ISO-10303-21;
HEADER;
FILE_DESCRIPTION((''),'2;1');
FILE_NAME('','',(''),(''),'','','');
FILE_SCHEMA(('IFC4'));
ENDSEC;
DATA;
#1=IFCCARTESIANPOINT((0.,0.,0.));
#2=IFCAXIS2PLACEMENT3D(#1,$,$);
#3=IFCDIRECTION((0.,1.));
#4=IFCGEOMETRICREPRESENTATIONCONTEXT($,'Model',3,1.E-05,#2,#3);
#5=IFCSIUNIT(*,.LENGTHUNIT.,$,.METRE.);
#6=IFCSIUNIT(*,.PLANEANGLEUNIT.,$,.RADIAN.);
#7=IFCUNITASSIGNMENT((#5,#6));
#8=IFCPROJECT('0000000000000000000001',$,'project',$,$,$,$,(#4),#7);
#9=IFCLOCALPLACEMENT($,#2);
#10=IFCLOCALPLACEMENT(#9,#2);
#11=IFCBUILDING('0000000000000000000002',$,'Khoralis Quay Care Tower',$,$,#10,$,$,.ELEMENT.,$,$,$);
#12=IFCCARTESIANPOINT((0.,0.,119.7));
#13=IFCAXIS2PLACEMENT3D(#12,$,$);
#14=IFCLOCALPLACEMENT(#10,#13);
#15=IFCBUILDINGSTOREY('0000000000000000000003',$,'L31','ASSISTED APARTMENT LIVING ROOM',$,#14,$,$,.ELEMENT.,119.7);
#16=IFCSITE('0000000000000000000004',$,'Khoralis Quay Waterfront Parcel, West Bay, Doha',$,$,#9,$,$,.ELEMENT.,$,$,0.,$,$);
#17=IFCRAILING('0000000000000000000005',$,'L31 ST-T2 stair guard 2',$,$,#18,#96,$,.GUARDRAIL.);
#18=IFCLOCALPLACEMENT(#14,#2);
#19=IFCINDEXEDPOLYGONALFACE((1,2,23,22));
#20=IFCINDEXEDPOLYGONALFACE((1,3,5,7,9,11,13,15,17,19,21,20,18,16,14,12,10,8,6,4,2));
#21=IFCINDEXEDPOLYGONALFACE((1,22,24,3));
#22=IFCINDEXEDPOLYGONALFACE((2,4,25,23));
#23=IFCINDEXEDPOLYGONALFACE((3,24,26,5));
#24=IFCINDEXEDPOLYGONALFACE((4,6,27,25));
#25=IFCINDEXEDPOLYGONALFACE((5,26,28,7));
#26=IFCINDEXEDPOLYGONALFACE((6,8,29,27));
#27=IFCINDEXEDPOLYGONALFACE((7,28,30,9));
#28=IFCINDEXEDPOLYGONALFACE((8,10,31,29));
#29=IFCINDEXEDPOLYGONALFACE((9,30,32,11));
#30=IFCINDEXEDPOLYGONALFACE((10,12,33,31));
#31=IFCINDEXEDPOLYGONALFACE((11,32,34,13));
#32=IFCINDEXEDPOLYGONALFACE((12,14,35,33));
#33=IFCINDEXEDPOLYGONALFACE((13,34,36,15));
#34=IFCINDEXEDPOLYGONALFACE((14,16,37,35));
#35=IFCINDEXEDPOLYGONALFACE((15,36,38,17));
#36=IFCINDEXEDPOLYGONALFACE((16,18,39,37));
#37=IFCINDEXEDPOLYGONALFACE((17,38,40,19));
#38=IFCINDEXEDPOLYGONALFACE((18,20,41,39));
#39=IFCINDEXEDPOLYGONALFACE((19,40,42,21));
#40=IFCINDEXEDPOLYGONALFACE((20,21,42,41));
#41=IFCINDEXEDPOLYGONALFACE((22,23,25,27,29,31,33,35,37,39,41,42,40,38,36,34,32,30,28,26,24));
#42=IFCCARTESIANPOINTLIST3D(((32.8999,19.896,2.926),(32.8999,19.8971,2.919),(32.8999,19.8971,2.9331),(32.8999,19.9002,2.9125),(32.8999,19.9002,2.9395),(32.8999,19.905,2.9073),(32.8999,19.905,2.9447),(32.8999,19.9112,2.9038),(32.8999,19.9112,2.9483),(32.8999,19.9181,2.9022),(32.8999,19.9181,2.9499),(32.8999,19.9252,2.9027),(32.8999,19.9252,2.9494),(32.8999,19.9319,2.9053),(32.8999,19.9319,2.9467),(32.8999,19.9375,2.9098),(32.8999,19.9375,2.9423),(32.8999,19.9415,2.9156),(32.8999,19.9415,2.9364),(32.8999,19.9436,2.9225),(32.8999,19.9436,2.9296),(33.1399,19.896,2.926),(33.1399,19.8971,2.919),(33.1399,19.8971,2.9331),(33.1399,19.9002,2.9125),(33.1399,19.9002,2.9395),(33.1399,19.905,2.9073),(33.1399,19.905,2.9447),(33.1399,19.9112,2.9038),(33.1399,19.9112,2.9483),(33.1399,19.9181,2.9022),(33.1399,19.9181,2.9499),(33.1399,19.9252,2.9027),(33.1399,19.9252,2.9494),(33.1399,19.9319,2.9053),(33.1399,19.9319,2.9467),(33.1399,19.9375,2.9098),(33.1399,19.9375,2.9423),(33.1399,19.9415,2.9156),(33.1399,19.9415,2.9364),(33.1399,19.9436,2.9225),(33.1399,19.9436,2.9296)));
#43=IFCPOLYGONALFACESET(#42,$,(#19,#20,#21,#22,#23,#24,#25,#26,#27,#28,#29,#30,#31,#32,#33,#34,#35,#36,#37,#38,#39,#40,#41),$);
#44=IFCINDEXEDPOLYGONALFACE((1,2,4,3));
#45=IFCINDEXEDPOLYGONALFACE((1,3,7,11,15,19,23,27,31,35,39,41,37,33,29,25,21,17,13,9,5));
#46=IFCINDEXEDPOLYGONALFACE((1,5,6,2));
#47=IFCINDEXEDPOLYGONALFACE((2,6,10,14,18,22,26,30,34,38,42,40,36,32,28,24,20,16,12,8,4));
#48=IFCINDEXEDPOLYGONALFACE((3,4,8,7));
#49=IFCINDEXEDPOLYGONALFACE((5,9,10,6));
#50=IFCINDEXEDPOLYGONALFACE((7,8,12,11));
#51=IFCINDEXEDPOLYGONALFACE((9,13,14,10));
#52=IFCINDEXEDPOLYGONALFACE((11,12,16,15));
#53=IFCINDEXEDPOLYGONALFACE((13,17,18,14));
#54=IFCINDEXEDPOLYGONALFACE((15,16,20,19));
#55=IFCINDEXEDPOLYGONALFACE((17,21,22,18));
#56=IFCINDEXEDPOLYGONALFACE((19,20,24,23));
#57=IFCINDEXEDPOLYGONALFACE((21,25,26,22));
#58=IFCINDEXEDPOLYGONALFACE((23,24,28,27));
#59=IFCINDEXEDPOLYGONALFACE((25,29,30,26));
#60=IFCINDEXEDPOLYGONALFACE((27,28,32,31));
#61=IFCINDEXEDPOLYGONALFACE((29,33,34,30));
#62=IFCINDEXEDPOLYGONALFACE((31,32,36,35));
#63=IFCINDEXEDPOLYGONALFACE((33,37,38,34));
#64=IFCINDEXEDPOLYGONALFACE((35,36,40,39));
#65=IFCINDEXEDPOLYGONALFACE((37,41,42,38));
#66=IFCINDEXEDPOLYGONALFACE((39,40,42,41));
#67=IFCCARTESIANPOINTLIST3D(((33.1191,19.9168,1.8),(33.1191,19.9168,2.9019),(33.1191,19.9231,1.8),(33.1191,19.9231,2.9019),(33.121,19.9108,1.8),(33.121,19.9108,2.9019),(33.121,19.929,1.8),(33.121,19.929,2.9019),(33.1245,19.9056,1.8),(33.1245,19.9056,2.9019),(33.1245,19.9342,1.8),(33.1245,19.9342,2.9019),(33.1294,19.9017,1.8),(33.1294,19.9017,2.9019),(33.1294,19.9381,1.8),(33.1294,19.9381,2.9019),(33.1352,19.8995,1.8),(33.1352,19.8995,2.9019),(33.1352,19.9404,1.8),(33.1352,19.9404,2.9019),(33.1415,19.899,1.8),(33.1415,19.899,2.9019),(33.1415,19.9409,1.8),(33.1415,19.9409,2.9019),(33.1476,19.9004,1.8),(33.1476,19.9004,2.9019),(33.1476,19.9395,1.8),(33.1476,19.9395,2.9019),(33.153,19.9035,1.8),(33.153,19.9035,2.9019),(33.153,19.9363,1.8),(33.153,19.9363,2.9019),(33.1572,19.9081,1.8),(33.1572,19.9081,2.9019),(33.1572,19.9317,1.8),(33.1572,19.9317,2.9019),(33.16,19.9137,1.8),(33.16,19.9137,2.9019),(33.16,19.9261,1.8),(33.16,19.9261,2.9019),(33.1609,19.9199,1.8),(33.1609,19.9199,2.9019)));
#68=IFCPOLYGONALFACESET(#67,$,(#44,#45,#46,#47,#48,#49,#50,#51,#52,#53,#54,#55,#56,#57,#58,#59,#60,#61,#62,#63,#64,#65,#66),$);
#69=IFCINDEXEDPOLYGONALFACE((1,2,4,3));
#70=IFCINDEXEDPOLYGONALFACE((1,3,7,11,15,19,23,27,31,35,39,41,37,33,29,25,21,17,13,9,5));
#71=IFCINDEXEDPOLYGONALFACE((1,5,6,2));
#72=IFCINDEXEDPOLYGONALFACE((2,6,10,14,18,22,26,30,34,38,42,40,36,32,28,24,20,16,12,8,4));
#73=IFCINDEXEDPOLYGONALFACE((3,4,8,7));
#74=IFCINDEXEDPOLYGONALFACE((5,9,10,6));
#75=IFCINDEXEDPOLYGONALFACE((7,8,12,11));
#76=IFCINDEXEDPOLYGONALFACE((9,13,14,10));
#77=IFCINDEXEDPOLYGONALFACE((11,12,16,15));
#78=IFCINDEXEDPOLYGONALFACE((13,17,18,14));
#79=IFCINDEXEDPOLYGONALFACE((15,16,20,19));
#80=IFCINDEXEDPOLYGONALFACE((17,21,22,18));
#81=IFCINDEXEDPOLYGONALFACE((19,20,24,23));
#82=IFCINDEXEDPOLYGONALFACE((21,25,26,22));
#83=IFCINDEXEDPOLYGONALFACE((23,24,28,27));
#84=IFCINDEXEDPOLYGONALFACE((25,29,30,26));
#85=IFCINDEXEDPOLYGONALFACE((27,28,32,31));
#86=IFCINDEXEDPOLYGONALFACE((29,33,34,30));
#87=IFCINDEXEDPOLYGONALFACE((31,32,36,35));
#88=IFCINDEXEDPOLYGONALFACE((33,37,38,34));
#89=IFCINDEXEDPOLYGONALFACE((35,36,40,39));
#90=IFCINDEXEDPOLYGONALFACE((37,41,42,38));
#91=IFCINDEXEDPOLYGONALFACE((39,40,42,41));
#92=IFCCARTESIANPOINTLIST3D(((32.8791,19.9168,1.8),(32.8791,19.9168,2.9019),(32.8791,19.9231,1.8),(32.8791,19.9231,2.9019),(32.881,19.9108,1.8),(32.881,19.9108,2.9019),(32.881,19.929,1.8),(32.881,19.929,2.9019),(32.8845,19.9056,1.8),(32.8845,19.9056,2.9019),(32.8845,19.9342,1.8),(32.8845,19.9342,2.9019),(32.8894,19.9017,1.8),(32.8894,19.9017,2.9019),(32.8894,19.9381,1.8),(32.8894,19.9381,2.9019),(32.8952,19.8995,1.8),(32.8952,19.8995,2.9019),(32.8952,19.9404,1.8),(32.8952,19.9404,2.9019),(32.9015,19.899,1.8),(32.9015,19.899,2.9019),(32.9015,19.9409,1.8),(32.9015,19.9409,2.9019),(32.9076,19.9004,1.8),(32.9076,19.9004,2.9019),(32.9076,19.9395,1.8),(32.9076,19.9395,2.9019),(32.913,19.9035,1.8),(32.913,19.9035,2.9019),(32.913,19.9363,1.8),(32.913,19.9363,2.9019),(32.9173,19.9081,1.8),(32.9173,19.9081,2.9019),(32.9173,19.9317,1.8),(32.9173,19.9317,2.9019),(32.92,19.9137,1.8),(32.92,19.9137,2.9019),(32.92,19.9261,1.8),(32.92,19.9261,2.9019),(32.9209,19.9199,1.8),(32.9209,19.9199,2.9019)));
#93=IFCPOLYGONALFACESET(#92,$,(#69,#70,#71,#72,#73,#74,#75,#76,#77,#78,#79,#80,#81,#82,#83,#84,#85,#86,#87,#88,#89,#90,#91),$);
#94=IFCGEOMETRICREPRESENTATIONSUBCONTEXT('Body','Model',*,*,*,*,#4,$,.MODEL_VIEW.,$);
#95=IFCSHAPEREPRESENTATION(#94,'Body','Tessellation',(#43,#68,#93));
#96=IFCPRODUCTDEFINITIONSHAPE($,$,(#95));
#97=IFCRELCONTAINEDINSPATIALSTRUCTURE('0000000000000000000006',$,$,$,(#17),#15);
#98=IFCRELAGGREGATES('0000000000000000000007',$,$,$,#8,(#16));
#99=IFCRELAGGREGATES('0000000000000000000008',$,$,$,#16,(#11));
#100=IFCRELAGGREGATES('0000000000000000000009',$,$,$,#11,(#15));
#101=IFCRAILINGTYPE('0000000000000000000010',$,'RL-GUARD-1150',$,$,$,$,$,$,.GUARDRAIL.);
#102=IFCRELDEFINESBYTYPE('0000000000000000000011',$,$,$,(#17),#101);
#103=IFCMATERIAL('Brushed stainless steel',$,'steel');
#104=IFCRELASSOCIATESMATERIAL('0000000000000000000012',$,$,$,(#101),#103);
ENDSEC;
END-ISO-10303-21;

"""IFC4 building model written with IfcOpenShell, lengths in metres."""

from ifc_helpers import new_model, si_unit, direction, frame, origin, origin_2d, place, context, subcontext, project, spatial, circle, extrude, material, type_object, element, save


model = new_model("IFC4")

# Units and contexts
model_context = context("Model", 3, precision=1e-05, world=origin(), true_north=direction((0.0, 1.0)))
body_context = subcontext(model_context, "Body", "Model", "MODEL_VIEW")
ifc_project = project(units=[si_unit("LENGTHUNIT", "METRE"), si_unit("PLANEANGLEUNIT", "RADIAN")], contexts=[model_context])

# Site, building, storey
site_placement = place(None, origin())
site = spatial("IfcSite", under=ifc_project, at=site_placement, Name="Khoralis Quay Waterfront Parcel, West Bay, Doha", CompositionType="ELEMENT", RefElevation=0.0)
building_placement = place(site_placement, origin())
building = spatial("IfcBuilding", under=site, at=building_placement, Name="Khoralis Quay Care Tower", CompositionType="ELEMENT")
storey_placement = place(building_placement, frame((0.0, 0.0, 119.7)))
storey = spatial("IfcBuildingStorey", under=building, at=storey_placement, Name="L31", Description="ASSISTED APARTMENT LIVING ROOM", CompositionType="ELEMENT", Elevation=119.7)

# Railing
ifc_material_1 = material(Name="Brushed stainless steel", Category="steel")
railing_type_1 = type_object("IfcRailingType", Name="RL-GUARD-1150", PredefinedType="GUARDRAIL", material=ifc_material_1)
railing_1_placement = place(storey_placement, frame((33.1399, 19.9199, 1.8)))
element("IfcRailing", 1, at=railing_1_placement, inside=storey, type_object=railing_type_1, Name="L31 ST-T2 stair guard 2", PredefinedType="GUARDRAIL", context=body_context, shape_type="SweptSolid", body=[
    extrude(circle(Radius=0.0239, at=origin_2d()), frame((0.0, 0.0, 1.126), z_axis=(-1.0, 0.0, 0.0), x_axis=(0.0, -1.0, 0.0)), (0.0, 0.0, 1.0), 0.24),
    extrude(circle(Radius=0.021, at=origin_2d()), origin(), (0.0, 0.0, 1.0), 1.1018),
    extrude(circle(Radius=0.021, at=origin_2d()), frame((-0.24, 0.0, 0.0)), (0.0, 0.0, 1.0), 1.1018),
])

save(model, "model.ifc")
